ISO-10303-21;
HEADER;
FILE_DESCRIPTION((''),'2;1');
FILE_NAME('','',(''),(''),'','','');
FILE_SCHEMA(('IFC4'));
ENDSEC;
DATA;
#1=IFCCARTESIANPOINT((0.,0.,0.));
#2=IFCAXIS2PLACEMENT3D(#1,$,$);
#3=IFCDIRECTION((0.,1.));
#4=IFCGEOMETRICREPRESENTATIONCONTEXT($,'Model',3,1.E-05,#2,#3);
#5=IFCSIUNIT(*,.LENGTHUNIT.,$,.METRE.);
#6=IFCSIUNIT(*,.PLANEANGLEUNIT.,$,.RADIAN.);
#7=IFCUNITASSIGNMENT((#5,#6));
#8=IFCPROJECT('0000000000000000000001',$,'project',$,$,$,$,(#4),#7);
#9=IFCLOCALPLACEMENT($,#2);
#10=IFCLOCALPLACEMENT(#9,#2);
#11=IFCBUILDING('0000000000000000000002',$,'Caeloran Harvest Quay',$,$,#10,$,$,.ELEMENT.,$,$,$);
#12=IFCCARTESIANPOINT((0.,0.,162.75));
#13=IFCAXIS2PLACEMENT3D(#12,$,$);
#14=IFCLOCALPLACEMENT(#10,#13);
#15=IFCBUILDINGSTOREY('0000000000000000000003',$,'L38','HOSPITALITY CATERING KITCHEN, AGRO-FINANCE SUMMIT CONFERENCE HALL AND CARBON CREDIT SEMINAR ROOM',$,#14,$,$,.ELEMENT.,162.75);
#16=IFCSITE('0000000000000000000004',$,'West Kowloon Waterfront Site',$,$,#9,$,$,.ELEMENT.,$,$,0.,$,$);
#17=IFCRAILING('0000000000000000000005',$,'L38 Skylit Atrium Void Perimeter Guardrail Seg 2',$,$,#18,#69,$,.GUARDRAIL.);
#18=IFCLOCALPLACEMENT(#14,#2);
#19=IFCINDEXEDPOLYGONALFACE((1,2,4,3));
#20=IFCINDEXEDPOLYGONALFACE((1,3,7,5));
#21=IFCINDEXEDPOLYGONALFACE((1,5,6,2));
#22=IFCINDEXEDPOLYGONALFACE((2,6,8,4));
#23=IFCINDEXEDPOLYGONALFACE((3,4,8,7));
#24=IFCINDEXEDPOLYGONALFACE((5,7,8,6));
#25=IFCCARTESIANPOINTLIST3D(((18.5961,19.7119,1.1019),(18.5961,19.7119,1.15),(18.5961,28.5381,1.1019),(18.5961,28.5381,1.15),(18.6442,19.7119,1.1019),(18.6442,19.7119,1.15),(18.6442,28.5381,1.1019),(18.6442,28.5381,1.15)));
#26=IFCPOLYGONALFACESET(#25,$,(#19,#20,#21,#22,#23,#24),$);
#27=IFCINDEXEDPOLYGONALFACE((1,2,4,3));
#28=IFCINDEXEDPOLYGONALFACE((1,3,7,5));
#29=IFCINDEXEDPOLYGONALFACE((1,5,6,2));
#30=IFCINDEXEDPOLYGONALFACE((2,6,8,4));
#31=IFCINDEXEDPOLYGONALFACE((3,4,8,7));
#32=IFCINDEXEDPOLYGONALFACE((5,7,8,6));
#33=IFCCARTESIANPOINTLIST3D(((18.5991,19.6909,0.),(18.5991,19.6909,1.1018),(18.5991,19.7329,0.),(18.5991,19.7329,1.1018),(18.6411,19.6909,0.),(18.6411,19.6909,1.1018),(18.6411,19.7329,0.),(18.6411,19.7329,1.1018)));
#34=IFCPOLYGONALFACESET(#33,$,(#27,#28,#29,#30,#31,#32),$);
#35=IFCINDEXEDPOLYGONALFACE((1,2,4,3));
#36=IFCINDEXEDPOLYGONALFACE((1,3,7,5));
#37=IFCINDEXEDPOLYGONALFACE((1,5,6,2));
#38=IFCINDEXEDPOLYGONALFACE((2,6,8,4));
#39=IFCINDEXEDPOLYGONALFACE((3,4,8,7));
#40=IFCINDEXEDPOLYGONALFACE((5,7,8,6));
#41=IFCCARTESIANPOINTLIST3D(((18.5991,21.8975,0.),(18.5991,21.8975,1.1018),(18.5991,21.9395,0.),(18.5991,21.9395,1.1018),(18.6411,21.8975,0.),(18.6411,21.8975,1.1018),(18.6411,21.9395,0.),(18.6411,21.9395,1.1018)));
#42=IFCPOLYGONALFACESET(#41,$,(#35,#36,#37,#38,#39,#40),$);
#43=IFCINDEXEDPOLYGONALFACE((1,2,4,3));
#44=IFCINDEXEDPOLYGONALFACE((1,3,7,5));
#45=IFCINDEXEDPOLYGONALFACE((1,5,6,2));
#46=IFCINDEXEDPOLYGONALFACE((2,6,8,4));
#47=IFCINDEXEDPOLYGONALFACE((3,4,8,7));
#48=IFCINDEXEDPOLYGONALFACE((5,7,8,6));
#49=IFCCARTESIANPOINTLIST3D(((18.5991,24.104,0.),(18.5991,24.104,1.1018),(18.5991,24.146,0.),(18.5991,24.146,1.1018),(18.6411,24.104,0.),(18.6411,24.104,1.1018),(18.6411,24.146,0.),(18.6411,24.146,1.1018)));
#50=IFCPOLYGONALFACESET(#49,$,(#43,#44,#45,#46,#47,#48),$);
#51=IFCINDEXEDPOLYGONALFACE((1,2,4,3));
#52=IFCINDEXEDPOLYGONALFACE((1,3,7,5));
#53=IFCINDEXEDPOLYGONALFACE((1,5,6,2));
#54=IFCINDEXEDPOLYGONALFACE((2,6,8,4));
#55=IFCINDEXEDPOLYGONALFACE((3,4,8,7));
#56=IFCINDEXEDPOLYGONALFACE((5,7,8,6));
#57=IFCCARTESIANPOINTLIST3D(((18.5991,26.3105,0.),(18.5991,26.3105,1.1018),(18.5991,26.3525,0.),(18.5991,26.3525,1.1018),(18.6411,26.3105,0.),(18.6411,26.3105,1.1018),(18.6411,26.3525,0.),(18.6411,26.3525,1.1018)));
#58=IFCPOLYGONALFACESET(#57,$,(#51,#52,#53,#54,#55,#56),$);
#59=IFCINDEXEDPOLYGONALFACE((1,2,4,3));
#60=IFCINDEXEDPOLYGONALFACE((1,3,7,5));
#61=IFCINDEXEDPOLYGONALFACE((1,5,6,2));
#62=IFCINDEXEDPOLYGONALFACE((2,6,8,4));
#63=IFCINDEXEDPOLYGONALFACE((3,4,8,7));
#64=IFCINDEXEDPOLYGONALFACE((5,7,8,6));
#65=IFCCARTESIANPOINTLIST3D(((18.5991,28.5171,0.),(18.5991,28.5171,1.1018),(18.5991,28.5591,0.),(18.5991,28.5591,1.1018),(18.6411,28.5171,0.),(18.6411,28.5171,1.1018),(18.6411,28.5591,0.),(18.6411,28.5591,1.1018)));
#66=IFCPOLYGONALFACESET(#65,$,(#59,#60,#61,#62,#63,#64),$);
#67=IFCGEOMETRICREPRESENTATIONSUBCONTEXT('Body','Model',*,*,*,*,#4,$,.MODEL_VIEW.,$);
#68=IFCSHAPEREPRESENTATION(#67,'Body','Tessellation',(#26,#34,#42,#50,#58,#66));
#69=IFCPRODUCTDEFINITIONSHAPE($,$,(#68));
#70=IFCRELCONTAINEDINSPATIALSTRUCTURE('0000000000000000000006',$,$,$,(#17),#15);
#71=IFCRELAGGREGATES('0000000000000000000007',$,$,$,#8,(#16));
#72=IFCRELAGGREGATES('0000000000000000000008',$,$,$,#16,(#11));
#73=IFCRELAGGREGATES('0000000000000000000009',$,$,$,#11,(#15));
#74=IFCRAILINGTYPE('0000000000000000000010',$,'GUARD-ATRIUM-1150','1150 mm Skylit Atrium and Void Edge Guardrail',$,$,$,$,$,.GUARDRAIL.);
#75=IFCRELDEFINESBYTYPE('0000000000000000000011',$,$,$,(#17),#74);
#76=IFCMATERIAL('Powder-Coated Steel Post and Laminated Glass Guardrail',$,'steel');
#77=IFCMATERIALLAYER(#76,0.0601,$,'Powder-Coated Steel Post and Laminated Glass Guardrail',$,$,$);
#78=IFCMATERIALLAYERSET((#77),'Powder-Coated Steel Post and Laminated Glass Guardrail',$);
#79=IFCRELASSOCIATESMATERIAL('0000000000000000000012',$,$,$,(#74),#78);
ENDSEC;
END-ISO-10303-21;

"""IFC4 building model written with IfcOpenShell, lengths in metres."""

from ifc_helpers import new_model, si_unit, direction, frame, origin, origin_2d, place, context, subcontext, project, spatial, rectangle, extrude, material, layer, layer_set, type_object, element, save


model = new_model("IFC4")

# Units and contexts
model_context = context("Model", 3, precision=1e-05, world=origin(), true_north=direction((0.0, 1.0)))
body_context = subcontext(model_context, "Body", "Model", "MODEL_VIEW")
ifc_project = project(units=[si_unit("LENGTHUNIT", "METRE"), si_unit("PLANEANGLEUNIT", "RADIAN")], contexts=[model_context])

# Site, building, storey
site_placement = place(None, origin())
site = spatial("IfcSite", under=ifc_project, at=site_placement, Name="West Kowloon Waterfront Site", CompositionType="ELEMENT", RefElevation=0.0)
building_placement = place(site_placement, origin())
building = spatial("IfcBuilding", under=site, at=building_placement, Name="Caeloran Harvest Quay", CompositionType="ELEMENT")
storey_placement = place(building_placement, frame((0.0, 0.0, 162.75)))
storey = spatial("IfcBuildingStorey", under=building, at=storey_placement, Name="L38", Description="HOSPITALITY CATERING KITCHEN, AGRO-FINANCE SUMMIT CONFERENCE HALL AND CARBON CREDIT SEMINAR ROOM", CompositionType="ELEMENT", Elevation=162.75)

# Railing
ifc_material_1 = material(Name="Powder-Coated Steel Post and Laminated Glass Guardrail", Category="steel")
ifc_layer_1 = layer(ifc_material_1, 0.0601, Name="Powder-Coated Steel Post and Laminated Glass Guardrail")
ifc_layer_set_1 = layer_set([ifc_layer_1], Name="Powder-Coated Steel Post and Laminated Glass Guardrail")
railing_type = type_object("IfcRailingType", Name="GUARD-ATRIUM-1150", Description="1150 mm Skylit Atrium and Void Edge Guardrail", PredefinedType="GUARDRAIL", material=ifc_layer_set_1)
railing_1_placement = place(storey_placement, frame((18.6201, 19.7119, 0.0)))
element("IfcRailing", 1, at=railing_1_placement, inside=storey, type_object=railing_type, Name="L38 Skylit Atrium Void Perimeter Guardrail Seg 2", PredefinedType="GUARDRAIL", context=body_context, shape_type="SweptSolid", body=[
    extrude(rectangle(XDim=0.0481, YDim=0.0481, at=origin_2d()), frame((0.0, 0.0, 1.126), z_axis=(0.0, 1.0, 0.0), x_axis=(-1.0, 0.0, 0.0)), (0.0, 0.0, 1.0), 8.8262),
    extrude(rectangle(XDim=0.042, YDim=0.042, at=origin_2d()), origin(), (0.0, 0.0, 1.0), 1.1018),
    extrude(rectangle(XDim=0.042, YDim=0.042, at=origin_2d()), frame((0.0, 2.2065, 0.0)), (0.0, 0.0, 1.0), 1.1018),
    extrude(rectangle(XDim=0.042, YDim=0.042, at=origin_2d()), frame((0.0, 4.4131, 0.0)), (0.0, 0.0, 1.0), 1.1018),
    extrude(rectangle(XDim=0.042, YDim=0.042, at=origin_2d()), frame((0.0, 6.6196, 0.0)), (0.0, 0.0, 1.0), 1.1018),
    extrude(rectangle(XDim=0.042, YDim=0.042, at=origin_2d()), frame((0.0, 8.8262, 0.0)), (0.0, 0.0, 1.0), 1.1018),
])

save(model, "model.ifc")
